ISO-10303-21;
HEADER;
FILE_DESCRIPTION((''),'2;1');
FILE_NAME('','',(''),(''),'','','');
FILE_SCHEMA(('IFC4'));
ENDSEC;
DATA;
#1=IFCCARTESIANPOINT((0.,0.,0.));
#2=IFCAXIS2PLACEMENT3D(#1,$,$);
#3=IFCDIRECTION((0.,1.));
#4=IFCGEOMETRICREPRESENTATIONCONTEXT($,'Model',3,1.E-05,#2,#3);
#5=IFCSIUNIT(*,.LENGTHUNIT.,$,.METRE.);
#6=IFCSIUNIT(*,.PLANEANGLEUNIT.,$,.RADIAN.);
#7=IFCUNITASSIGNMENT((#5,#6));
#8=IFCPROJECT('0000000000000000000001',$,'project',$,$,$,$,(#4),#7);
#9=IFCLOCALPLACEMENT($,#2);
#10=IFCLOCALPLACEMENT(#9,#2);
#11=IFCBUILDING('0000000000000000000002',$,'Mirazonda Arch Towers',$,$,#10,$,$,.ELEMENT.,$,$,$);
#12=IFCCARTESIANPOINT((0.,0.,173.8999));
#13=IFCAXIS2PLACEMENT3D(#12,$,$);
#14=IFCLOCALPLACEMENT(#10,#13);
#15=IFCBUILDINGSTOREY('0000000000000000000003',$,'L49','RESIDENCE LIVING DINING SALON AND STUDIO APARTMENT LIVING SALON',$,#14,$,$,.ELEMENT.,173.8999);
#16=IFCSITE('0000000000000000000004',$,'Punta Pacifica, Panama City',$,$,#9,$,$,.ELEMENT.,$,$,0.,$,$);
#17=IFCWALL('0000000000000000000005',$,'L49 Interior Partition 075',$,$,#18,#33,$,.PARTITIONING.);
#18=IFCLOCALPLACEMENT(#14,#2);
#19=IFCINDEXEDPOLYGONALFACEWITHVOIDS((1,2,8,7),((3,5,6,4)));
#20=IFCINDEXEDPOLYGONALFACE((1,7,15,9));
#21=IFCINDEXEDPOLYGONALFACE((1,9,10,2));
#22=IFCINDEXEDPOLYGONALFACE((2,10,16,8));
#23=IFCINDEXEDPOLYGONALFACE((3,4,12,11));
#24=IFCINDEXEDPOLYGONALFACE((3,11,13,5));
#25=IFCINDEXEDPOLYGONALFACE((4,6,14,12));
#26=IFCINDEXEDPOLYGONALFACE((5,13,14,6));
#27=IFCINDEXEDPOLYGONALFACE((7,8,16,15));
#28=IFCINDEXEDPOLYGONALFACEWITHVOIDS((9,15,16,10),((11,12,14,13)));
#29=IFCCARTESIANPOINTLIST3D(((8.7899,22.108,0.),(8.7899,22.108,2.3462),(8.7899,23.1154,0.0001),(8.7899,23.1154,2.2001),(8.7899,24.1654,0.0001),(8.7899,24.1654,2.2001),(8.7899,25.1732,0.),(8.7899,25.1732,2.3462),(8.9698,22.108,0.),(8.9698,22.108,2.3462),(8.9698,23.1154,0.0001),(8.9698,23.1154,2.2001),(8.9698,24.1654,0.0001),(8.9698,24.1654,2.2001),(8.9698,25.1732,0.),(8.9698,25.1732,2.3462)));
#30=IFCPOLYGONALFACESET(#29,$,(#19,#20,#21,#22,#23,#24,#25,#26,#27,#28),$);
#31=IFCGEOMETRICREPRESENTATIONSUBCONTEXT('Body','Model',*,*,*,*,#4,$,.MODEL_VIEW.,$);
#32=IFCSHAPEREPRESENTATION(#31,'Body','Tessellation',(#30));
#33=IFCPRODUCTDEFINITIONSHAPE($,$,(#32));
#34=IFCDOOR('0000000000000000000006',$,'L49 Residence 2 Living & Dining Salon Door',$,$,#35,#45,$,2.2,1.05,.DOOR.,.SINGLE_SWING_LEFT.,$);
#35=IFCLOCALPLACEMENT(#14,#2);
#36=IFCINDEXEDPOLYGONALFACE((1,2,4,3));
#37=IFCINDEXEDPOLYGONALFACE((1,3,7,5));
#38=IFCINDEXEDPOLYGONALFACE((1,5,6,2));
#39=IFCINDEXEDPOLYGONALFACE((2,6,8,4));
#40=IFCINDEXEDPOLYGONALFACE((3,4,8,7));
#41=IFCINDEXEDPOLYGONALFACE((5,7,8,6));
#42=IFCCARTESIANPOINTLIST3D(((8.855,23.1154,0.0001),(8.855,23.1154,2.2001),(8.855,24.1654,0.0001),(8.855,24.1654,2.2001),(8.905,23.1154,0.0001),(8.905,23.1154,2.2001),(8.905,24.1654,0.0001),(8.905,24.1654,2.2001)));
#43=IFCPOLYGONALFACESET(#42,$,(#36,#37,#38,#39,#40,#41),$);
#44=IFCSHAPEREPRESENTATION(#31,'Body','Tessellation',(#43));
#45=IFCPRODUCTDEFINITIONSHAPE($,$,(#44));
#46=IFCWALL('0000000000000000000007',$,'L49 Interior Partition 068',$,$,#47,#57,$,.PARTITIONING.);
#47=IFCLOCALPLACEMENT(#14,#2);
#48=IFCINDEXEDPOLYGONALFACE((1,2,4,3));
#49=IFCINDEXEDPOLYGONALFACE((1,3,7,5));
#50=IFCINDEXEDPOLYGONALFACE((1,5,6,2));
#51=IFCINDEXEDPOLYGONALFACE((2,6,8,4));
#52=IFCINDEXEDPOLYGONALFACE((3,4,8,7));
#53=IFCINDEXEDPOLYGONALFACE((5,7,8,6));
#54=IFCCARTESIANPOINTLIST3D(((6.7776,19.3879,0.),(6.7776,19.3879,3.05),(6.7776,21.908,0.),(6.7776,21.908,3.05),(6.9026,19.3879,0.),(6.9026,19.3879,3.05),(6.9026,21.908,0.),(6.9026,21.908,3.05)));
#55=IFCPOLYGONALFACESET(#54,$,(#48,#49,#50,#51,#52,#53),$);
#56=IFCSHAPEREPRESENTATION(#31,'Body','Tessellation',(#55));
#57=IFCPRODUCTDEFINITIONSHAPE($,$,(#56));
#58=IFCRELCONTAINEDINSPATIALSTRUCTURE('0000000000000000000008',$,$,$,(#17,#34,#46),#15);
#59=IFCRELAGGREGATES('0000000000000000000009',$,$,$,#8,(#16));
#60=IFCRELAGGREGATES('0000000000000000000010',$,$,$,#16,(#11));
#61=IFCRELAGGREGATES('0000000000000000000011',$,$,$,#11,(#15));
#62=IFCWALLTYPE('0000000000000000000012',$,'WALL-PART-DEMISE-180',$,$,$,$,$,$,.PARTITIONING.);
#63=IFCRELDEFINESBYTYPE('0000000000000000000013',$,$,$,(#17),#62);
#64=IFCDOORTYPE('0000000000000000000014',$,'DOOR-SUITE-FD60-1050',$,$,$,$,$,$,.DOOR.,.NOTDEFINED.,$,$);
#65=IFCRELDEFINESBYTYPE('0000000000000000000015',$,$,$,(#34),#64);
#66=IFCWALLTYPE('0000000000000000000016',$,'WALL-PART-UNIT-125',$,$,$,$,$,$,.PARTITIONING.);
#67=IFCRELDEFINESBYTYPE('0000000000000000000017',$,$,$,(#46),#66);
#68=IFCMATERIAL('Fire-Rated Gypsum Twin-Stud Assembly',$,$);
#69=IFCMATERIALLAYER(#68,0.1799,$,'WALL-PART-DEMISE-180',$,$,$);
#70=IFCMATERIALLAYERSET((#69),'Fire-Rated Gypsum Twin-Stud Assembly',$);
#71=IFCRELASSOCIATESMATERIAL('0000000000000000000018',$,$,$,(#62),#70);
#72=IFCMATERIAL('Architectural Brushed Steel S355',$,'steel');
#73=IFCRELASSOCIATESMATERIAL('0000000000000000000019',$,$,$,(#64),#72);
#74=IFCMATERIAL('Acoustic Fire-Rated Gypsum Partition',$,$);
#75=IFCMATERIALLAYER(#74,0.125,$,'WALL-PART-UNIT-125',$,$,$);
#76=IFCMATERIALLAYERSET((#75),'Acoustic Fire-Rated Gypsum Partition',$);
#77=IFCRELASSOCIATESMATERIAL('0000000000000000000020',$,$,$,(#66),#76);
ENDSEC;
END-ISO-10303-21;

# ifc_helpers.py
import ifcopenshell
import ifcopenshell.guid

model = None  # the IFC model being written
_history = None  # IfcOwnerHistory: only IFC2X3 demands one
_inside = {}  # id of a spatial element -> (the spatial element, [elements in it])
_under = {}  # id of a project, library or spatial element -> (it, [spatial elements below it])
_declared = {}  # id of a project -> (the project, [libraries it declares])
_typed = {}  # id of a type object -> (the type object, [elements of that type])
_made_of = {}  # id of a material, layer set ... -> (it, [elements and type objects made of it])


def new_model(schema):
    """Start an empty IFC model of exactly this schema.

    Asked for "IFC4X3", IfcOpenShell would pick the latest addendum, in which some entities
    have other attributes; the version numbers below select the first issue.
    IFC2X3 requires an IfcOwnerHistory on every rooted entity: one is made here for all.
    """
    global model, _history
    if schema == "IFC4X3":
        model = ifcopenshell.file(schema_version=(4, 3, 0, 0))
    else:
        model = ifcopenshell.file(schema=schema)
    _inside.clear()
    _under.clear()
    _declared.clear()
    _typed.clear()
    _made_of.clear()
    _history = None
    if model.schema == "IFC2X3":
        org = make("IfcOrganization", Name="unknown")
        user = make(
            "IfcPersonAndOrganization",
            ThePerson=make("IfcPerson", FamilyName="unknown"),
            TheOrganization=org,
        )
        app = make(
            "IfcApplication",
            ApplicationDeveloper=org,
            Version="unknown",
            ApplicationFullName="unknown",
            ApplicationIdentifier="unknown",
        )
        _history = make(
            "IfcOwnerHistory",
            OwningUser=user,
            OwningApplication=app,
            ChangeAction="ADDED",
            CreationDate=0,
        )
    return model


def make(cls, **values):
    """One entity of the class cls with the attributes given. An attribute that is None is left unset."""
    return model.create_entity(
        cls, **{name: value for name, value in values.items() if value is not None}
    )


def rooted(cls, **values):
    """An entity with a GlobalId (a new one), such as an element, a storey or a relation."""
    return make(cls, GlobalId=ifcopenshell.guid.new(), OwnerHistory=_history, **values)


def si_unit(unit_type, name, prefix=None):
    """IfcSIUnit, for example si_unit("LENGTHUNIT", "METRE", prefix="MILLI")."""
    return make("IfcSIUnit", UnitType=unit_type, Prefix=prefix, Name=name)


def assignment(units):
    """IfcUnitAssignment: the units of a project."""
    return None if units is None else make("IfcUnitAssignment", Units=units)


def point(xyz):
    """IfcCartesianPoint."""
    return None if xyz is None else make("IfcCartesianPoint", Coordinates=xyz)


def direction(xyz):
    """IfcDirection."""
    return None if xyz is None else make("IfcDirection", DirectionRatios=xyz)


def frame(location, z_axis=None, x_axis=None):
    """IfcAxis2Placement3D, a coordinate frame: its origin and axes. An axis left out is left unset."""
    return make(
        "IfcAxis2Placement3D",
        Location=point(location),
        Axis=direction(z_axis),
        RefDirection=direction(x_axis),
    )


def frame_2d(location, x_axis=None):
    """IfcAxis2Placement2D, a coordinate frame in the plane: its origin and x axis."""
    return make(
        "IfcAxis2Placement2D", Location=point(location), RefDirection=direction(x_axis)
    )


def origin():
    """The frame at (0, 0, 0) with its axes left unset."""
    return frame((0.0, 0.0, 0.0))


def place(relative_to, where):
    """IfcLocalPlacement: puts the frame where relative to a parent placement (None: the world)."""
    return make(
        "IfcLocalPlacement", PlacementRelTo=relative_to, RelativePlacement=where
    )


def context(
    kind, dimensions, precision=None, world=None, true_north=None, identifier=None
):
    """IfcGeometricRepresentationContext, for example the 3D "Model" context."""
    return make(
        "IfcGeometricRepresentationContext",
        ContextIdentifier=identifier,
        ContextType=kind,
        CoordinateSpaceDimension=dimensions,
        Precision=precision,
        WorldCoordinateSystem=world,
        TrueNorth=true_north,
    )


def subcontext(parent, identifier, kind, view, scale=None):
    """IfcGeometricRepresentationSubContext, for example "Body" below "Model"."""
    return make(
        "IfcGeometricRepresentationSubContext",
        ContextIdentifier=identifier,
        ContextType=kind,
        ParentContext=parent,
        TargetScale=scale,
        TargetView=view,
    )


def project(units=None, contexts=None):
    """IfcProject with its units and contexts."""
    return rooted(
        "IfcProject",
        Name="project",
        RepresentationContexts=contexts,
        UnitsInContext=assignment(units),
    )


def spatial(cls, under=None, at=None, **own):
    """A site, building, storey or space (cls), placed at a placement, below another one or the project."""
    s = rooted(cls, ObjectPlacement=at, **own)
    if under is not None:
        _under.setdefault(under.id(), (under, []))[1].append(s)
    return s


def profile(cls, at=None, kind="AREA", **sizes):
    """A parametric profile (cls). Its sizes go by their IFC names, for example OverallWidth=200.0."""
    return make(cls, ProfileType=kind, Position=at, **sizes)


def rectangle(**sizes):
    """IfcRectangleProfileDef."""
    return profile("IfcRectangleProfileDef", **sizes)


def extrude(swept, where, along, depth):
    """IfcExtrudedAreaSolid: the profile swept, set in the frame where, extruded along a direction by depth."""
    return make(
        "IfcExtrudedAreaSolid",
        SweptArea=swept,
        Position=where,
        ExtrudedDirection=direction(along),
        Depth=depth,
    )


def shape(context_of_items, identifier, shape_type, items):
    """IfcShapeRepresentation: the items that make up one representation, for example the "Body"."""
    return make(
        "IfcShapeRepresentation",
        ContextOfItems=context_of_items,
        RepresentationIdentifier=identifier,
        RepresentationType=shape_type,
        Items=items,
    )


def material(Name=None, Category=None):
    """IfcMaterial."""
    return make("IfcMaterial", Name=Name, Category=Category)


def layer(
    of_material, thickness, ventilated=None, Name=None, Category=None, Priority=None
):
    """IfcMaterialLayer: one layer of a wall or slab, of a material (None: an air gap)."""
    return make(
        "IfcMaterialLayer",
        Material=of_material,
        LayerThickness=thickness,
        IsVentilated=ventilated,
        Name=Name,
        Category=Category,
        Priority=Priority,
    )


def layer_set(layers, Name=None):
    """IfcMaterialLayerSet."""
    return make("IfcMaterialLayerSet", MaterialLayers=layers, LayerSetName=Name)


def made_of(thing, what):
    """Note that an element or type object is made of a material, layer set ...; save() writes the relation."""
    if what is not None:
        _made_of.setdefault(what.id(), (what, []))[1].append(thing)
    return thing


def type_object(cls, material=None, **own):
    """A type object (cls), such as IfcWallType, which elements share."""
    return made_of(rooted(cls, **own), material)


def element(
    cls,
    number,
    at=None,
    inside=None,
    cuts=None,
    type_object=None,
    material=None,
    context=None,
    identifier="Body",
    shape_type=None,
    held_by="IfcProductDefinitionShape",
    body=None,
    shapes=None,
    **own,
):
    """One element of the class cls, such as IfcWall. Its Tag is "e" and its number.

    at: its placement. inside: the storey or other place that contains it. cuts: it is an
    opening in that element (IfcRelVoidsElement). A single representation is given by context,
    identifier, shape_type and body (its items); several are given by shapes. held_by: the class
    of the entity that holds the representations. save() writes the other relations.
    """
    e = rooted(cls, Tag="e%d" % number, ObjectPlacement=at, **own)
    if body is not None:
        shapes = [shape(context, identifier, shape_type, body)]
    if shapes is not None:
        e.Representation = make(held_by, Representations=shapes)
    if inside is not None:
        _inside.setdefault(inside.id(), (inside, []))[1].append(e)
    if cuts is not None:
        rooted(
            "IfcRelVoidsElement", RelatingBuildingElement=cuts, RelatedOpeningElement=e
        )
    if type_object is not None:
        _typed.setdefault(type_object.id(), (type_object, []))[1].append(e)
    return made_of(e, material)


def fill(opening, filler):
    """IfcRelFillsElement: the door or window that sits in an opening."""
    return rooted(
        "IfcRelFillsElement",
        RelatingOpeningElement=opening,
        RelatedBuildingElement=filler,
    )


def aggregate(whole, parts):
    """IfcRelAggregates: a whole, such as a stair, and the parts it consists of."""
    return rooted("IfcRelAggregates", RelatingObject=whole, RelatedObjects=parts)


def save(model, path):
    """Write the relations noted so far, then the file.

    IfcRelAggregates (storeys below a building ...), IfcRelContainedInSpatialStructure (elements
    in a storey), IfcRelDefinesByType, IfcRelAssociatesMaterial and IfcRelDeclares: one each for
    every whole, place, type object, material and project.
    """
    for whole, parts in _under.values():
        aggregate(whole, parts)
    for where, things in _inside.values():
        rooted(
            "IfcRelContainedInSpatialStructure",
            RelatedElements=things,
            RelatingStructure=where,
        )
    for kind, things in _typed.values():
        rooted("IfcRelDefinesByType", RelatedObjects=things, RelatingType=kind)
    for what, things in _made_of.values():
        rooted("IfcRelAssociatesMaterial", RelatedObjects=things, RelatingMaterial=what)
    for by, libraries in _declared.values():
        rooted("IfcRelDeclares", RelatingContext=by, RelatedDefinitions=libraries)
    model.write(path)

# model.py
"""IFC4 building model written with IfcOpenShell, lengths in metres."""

from ifc_helpers import new_model, si_unit, direction, frame, frame_2d, origin, place, context, subcontext, project, spatial, rectangle, extrude, material, layer, layer_set, type_object, element, fill, save


model = new_model("IFC4")

# Units and contexts
model_context = context("Model", 3, precision=1e-05, world=origin(), true_north=direction((0.0, 1.0)))
body_context = subcontext(model_context, "Body", "Model", "MODEL_VIEW")
ifc_project = project(units=[si_unit("LENGTHUNIT", "METRE"), si_unit("PLANEANGLEUNIT", "RADIAN")], contexts=[model_context])

# Site, building, storey
site_placement = place(None, origin())
site = spatial("IfcSite", under=ifc_project, at=site_placement, Name="Punta Pacifica, Panama City", CompositionType="ELEMENT", RefElevation=0.0)
building_placement = place(site_placement, origin())
building = spatial("IfcBuilding", under=site, at=building_placement, Name="Mirazonda Arch Towers", CompositionType="ELEMENT")
storey_placement = place(building_placement, frame((0.0, 0.0, 173.8999)))
storey = spatial("IfcBuildingStorey", under=building, at=storey_placement, Name="L49", Description="RESIDENCE LIVING DINING SALON AND STUDIO APARTMENT LIVING SALON", CompositionType="ELEMENT", Elevation=173.8999)

# Shared definitions
ifc_material_1 = material(Name="Architectural Brushed Steel S355", Category="steel")

# Shared definitions
ifc_material_2 = material(Name="Fire-Rated Gypsum Twin-Stud Assembly")
ifc_layer_1 = layer(ifc_material_2, 0.1799, Name="WALL-PART-DEMISE-180")
ifc_layer_set_1 = layer_set([ifc_layer_1], Name="Fire-Rated Gypsum Twin-Stud Assembly")
wall_type_1 = type_object("IfcWallType", Name="WALL-PART-DEMISE-180", PredefinedType="PARTITIONING", material=ifc_layer_set_1)

# Wall, opening, door
wall_1_placement = place(storey_placement, frame((8.8799, 22.1079, 0.0), z_axis=(0.0, 0.0, 1.0), x_axis=(0.0, 1.0, 0.0)))
wall_1 = element("IfcWall", 1, at=wall_1_placement, inside=storey, type_object=wall_type_1, Name="L49 Interior Partition 075", PredefinedType="PARTITIONING", context=body_context, shape_type="SweptSolid", body=[
    extrude(rectangle(XDim=3.0652, YDim=0.1799, at=frame_2d((1.5327, 0.0))), origin(), (0.0, 0.0, 1.0), 2.3462),
])
opening_1_placement = place(wall_1_placement, frame((1.0076, 0.0, 0.0)))
opening_1 = element("IfcOpeningElement", 2, at=opening_1_placement, cuts=wall_1, PredefinedType="OPENING", context=body_context, shape_type="SweptSolid", body=[
    extrude(rectangle(XDim=1.05, YDim=2.2, at=frame_2d((0.5249, 1.1001))), frame((0.0, 0.0999, 0.0), z_axis=(0.0, -1.0, 0.0), x_axis=(1.0, 0.0, 0.0)), (0.0, 0.0, 1.0), 0.2),
])
door_type_1 = type_object("IfcDoorType", Name="DOOR-SUITE-FD60-1050", OperationType="NOTDEFINED", PredefinedType="DOOR", material=ifc_material_1)
door_1_placement = place(opening_1_placement, origin())
door_1 = element("IfcDoor", 3, at=door_1_placement, inside=storey, type_object=door_type_1, Name="L49 Residence 2 Living & Dining Salon Door", OperationType="SINGLE_SWING_LEFT", OverallHeight=2.2, OverallWidth=1.05, PredefinedType="DOOR", context=body_context, shape_type="SweptSolid", body=[
    extrude(rectangle(XDim=1.05, YDim=2.2, at=frame_2d((0.5249, 1.1001))), frame((0.0, 0.0249, 0.0), z_axis=(0.0, -1.0, 0.0), x_axis=(1.0, 0.0, 0.0)), (0.0, 0.0, 1.0), 0.05),
])
fill(opening_1, door_1)

# Wall
ifc_material_3 = material(Name="Acoustic Fire-Rated Gypsum Partition")
ifc_layer_2 = layer(ifc_material_3, 0.125, Name="WALL-PART-UNIT-125")
ifc_layer_set_2 = layer_set([ifc_layer_2], Name="Acoustic Fire-Rated Gypsum Partition")
wall_type_2 = type_object("IfcWallType", Name="WALL-PART-UNIT-125", PredefinedType="PARTITIONING", material=ifc_layer_set_2)
wall_2_placement = place(storey_placement, frame((6.8401, 19.3879, 0.0), z_axis=(0.0, 0.0, 1.0), x_axis=(0.0, 1.0, 0.0)))
element("IfcWall", 4, at=wall_2_placement, inside=storey, type_object=wall_type_2, Name="L49 Interior Partition 068", PredefinedType="PARTITIONING", context=body_context, shape_type="SweptSolid", body=[
    extrude(rectangle(XDim=2.52, YDim=0.125, at=frame_2d((1.26, 0.0))), origin(), (0.0, 0.0, 1.0), 3.05),
])

save(model, "model.ifc")
